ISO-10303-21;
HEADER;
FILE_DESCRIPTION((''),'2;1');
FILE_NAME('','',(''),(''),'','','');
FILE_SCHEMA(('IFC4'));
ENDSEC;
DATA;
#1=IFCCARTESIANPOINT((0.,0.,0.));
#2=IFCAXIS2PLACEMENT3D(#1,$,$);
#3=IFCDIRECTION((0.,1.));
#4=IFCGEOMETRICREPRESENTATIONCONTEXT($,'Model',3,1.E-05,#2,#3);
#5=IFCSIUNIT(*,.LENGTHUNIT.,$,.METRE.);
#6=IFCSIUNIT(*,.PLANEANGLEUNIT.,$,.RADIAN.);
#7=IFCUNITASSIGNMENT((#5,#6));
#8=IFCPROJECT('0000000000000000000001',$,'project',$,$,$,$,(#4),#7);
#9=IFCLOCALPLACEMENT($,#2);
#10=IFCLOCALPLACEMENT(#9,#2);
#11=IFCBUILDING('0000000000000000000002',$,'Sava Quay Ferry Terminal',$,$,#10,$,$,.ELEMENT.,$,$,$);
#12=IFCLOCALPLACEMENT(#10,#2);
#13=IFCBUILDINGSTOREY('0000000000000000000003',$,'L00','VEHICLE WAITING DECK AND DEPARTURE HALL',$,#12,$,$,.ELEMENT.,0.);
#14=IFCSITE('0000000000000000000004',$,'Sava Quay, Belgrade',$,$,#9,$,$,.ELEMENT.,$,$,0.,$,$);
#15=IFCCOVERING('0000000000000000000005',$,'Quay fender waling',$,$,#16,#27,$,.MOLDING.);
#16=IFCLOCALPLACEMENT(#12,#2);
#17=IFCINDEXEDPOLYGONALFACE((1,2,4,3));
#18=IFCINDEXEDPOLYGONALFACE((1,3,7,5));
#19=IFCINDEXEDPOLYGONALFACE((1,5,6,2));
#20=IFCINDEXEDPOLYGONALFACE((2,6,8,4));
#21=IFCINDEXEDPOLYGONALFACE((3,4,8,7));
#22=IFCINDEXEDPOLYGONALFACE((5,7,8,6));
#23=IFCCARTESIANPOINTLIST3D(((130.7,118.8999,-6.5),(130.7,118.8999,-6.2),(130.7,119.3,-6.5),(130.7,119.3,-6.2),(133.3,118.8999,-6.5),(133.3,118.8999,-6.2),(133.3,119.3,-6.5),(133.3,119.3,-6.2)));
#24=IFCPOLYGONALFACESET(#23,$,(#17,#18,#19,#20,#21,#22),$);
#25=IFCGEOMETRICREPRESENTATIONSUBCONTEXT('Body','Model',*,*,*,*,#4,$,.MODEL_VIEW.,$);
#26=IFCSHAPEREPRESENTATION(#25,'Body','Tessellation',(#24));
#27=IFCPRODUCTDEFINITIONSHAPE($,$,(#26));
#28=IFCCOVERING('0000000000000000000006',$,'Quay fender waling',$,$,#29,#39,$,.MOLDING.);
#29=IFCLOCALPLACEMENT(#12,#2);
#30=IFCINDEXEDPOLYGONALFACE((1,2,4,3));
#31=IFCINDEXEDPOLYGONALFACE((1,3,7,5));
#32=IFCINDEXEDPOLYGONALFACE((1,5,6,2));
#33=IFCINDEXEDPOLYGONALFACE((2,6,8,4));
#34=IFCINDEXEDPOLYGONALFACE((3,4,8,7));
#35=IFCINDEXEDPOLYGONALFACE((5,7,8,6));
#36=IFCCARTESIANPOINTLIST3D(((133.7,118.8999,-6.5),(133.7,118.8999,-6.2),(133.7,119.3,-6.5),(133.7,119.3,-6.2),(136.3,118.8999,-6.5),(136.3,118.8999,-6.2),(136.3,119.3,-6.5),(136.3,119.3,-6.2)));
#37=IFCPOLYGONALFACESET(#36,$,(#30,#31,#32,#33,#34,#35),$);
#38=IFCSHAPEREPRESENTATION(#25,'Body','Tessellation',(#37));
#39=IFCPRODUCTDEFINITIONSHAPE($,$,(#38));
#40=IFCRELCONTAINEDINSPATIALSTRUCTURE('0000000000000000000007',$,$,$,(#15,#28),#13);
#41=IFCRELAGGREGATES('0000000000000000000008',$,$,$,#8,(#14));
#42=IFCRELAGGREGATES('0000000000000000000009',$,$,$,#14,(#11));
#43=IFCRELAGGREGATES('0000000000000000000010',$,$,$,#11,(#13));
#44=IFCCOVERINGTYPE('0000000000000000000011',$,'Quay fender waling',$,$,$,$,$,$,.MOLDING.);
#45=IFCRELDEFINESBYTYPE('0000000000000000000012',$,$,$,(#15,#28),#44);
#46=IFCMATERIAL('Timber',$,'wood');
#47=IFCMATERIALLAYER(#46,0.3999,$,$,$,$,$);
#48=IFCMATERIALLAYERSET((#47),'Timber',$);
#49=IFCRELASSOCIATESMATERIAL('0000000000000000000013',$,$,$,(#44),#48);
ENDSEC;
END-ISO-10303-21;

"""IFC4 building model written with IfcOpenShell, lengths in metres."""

from ifc_helpers import new_model, si_unit, direction, frame, origin, place, context, subcontext, project, spatial, polyline, outline, extrude, material, layer, layer_set, type_object, element, save


model = new_model("IFC4")

# Units and contexts
model_context = context("Model", 3, precision=1e-05, world=origin(), true_north=direction((0.0, 1.0)))
body_context = subcontext(model_context, "Body", "Model", "MODEL_VIEW")
ifc_project = project(units=[si_unit("LENGTHUNIT", "METRE"), si_unit("PLANEANGLEUNIT", "RADIAN")], contexts=[model_context])

# Site, building, storey
site_placement = place(None, origin())
site = spatial("IfcSite", under=ifc_project, at=site_placement, Name="Sava Quay, Belgrade", CompositionType="ELEMENT", RefElevation=0.0)
building_placement = place(site_placement, origin())
building = spatial("IfcBuilding", under=site, at=building_placement, Name="Sava Quay Ferry Terminal", CompositionType="ELEMENT")
storey_placement = place(building_placement, origin())
storey = spatial("IfcBuildingStorey", under=building, at=storey_placement, Name="L00", Description="VEHICLE WAITING DECK AND DEPARTURE HALL", CompositionType="ELEMENT", Elevation=0.0)

# Coverings
ifc_material = material(Name="Timber", Category="wood")
ifc_layer = layer(ifc_material, 0.3999)
ifc_layer_set = layer_set([ifc_layer], Name="Timber")
covering_type = type_object("IfcCoveringType", Name="Quay fender waling", PredefinedType="MOLDING", material=ifc_layer_set)
covering_1_placement = place(storey_placement, frame((0.0, 0.0, -6.5)))
element("IfcCovering", 1, at=covering_1_placement, inside=storey, type_object=covering_type, Name="Quay fender waling", PredefinedType="MOLDING", context=body_context, shape_type="SweptSolid", body=[
    extrude(outline(polyline([(133.3, 118.8999), (133.3, 119.3), (130.7, 119.3), (130.7, 118.8999), (133.3, 118.8999)])), origin(), (0.0, 0.0, 1.0), 0.3),
])
covering_2_placement = place(storey_placement, frame((0.0, 0.0, -6.5)))
element("IfcCovering", 2, at=covering_2_placement, inside=storey, type_object=covering_type, Name="Quay fender waling", PredefinedType="MOLDING", context=body_context, shape_type="SweptSolid", body=[
    extrude(outline(polyline([(136.3, 118.8999), (136.3, 119.3), (133.7, 119.3), (133.7, 118.8999), (136.3, 118.8999)])), origin(), (0.0, 0.0, 1.0), 0.3),
])

save(model, "model.ifc")
